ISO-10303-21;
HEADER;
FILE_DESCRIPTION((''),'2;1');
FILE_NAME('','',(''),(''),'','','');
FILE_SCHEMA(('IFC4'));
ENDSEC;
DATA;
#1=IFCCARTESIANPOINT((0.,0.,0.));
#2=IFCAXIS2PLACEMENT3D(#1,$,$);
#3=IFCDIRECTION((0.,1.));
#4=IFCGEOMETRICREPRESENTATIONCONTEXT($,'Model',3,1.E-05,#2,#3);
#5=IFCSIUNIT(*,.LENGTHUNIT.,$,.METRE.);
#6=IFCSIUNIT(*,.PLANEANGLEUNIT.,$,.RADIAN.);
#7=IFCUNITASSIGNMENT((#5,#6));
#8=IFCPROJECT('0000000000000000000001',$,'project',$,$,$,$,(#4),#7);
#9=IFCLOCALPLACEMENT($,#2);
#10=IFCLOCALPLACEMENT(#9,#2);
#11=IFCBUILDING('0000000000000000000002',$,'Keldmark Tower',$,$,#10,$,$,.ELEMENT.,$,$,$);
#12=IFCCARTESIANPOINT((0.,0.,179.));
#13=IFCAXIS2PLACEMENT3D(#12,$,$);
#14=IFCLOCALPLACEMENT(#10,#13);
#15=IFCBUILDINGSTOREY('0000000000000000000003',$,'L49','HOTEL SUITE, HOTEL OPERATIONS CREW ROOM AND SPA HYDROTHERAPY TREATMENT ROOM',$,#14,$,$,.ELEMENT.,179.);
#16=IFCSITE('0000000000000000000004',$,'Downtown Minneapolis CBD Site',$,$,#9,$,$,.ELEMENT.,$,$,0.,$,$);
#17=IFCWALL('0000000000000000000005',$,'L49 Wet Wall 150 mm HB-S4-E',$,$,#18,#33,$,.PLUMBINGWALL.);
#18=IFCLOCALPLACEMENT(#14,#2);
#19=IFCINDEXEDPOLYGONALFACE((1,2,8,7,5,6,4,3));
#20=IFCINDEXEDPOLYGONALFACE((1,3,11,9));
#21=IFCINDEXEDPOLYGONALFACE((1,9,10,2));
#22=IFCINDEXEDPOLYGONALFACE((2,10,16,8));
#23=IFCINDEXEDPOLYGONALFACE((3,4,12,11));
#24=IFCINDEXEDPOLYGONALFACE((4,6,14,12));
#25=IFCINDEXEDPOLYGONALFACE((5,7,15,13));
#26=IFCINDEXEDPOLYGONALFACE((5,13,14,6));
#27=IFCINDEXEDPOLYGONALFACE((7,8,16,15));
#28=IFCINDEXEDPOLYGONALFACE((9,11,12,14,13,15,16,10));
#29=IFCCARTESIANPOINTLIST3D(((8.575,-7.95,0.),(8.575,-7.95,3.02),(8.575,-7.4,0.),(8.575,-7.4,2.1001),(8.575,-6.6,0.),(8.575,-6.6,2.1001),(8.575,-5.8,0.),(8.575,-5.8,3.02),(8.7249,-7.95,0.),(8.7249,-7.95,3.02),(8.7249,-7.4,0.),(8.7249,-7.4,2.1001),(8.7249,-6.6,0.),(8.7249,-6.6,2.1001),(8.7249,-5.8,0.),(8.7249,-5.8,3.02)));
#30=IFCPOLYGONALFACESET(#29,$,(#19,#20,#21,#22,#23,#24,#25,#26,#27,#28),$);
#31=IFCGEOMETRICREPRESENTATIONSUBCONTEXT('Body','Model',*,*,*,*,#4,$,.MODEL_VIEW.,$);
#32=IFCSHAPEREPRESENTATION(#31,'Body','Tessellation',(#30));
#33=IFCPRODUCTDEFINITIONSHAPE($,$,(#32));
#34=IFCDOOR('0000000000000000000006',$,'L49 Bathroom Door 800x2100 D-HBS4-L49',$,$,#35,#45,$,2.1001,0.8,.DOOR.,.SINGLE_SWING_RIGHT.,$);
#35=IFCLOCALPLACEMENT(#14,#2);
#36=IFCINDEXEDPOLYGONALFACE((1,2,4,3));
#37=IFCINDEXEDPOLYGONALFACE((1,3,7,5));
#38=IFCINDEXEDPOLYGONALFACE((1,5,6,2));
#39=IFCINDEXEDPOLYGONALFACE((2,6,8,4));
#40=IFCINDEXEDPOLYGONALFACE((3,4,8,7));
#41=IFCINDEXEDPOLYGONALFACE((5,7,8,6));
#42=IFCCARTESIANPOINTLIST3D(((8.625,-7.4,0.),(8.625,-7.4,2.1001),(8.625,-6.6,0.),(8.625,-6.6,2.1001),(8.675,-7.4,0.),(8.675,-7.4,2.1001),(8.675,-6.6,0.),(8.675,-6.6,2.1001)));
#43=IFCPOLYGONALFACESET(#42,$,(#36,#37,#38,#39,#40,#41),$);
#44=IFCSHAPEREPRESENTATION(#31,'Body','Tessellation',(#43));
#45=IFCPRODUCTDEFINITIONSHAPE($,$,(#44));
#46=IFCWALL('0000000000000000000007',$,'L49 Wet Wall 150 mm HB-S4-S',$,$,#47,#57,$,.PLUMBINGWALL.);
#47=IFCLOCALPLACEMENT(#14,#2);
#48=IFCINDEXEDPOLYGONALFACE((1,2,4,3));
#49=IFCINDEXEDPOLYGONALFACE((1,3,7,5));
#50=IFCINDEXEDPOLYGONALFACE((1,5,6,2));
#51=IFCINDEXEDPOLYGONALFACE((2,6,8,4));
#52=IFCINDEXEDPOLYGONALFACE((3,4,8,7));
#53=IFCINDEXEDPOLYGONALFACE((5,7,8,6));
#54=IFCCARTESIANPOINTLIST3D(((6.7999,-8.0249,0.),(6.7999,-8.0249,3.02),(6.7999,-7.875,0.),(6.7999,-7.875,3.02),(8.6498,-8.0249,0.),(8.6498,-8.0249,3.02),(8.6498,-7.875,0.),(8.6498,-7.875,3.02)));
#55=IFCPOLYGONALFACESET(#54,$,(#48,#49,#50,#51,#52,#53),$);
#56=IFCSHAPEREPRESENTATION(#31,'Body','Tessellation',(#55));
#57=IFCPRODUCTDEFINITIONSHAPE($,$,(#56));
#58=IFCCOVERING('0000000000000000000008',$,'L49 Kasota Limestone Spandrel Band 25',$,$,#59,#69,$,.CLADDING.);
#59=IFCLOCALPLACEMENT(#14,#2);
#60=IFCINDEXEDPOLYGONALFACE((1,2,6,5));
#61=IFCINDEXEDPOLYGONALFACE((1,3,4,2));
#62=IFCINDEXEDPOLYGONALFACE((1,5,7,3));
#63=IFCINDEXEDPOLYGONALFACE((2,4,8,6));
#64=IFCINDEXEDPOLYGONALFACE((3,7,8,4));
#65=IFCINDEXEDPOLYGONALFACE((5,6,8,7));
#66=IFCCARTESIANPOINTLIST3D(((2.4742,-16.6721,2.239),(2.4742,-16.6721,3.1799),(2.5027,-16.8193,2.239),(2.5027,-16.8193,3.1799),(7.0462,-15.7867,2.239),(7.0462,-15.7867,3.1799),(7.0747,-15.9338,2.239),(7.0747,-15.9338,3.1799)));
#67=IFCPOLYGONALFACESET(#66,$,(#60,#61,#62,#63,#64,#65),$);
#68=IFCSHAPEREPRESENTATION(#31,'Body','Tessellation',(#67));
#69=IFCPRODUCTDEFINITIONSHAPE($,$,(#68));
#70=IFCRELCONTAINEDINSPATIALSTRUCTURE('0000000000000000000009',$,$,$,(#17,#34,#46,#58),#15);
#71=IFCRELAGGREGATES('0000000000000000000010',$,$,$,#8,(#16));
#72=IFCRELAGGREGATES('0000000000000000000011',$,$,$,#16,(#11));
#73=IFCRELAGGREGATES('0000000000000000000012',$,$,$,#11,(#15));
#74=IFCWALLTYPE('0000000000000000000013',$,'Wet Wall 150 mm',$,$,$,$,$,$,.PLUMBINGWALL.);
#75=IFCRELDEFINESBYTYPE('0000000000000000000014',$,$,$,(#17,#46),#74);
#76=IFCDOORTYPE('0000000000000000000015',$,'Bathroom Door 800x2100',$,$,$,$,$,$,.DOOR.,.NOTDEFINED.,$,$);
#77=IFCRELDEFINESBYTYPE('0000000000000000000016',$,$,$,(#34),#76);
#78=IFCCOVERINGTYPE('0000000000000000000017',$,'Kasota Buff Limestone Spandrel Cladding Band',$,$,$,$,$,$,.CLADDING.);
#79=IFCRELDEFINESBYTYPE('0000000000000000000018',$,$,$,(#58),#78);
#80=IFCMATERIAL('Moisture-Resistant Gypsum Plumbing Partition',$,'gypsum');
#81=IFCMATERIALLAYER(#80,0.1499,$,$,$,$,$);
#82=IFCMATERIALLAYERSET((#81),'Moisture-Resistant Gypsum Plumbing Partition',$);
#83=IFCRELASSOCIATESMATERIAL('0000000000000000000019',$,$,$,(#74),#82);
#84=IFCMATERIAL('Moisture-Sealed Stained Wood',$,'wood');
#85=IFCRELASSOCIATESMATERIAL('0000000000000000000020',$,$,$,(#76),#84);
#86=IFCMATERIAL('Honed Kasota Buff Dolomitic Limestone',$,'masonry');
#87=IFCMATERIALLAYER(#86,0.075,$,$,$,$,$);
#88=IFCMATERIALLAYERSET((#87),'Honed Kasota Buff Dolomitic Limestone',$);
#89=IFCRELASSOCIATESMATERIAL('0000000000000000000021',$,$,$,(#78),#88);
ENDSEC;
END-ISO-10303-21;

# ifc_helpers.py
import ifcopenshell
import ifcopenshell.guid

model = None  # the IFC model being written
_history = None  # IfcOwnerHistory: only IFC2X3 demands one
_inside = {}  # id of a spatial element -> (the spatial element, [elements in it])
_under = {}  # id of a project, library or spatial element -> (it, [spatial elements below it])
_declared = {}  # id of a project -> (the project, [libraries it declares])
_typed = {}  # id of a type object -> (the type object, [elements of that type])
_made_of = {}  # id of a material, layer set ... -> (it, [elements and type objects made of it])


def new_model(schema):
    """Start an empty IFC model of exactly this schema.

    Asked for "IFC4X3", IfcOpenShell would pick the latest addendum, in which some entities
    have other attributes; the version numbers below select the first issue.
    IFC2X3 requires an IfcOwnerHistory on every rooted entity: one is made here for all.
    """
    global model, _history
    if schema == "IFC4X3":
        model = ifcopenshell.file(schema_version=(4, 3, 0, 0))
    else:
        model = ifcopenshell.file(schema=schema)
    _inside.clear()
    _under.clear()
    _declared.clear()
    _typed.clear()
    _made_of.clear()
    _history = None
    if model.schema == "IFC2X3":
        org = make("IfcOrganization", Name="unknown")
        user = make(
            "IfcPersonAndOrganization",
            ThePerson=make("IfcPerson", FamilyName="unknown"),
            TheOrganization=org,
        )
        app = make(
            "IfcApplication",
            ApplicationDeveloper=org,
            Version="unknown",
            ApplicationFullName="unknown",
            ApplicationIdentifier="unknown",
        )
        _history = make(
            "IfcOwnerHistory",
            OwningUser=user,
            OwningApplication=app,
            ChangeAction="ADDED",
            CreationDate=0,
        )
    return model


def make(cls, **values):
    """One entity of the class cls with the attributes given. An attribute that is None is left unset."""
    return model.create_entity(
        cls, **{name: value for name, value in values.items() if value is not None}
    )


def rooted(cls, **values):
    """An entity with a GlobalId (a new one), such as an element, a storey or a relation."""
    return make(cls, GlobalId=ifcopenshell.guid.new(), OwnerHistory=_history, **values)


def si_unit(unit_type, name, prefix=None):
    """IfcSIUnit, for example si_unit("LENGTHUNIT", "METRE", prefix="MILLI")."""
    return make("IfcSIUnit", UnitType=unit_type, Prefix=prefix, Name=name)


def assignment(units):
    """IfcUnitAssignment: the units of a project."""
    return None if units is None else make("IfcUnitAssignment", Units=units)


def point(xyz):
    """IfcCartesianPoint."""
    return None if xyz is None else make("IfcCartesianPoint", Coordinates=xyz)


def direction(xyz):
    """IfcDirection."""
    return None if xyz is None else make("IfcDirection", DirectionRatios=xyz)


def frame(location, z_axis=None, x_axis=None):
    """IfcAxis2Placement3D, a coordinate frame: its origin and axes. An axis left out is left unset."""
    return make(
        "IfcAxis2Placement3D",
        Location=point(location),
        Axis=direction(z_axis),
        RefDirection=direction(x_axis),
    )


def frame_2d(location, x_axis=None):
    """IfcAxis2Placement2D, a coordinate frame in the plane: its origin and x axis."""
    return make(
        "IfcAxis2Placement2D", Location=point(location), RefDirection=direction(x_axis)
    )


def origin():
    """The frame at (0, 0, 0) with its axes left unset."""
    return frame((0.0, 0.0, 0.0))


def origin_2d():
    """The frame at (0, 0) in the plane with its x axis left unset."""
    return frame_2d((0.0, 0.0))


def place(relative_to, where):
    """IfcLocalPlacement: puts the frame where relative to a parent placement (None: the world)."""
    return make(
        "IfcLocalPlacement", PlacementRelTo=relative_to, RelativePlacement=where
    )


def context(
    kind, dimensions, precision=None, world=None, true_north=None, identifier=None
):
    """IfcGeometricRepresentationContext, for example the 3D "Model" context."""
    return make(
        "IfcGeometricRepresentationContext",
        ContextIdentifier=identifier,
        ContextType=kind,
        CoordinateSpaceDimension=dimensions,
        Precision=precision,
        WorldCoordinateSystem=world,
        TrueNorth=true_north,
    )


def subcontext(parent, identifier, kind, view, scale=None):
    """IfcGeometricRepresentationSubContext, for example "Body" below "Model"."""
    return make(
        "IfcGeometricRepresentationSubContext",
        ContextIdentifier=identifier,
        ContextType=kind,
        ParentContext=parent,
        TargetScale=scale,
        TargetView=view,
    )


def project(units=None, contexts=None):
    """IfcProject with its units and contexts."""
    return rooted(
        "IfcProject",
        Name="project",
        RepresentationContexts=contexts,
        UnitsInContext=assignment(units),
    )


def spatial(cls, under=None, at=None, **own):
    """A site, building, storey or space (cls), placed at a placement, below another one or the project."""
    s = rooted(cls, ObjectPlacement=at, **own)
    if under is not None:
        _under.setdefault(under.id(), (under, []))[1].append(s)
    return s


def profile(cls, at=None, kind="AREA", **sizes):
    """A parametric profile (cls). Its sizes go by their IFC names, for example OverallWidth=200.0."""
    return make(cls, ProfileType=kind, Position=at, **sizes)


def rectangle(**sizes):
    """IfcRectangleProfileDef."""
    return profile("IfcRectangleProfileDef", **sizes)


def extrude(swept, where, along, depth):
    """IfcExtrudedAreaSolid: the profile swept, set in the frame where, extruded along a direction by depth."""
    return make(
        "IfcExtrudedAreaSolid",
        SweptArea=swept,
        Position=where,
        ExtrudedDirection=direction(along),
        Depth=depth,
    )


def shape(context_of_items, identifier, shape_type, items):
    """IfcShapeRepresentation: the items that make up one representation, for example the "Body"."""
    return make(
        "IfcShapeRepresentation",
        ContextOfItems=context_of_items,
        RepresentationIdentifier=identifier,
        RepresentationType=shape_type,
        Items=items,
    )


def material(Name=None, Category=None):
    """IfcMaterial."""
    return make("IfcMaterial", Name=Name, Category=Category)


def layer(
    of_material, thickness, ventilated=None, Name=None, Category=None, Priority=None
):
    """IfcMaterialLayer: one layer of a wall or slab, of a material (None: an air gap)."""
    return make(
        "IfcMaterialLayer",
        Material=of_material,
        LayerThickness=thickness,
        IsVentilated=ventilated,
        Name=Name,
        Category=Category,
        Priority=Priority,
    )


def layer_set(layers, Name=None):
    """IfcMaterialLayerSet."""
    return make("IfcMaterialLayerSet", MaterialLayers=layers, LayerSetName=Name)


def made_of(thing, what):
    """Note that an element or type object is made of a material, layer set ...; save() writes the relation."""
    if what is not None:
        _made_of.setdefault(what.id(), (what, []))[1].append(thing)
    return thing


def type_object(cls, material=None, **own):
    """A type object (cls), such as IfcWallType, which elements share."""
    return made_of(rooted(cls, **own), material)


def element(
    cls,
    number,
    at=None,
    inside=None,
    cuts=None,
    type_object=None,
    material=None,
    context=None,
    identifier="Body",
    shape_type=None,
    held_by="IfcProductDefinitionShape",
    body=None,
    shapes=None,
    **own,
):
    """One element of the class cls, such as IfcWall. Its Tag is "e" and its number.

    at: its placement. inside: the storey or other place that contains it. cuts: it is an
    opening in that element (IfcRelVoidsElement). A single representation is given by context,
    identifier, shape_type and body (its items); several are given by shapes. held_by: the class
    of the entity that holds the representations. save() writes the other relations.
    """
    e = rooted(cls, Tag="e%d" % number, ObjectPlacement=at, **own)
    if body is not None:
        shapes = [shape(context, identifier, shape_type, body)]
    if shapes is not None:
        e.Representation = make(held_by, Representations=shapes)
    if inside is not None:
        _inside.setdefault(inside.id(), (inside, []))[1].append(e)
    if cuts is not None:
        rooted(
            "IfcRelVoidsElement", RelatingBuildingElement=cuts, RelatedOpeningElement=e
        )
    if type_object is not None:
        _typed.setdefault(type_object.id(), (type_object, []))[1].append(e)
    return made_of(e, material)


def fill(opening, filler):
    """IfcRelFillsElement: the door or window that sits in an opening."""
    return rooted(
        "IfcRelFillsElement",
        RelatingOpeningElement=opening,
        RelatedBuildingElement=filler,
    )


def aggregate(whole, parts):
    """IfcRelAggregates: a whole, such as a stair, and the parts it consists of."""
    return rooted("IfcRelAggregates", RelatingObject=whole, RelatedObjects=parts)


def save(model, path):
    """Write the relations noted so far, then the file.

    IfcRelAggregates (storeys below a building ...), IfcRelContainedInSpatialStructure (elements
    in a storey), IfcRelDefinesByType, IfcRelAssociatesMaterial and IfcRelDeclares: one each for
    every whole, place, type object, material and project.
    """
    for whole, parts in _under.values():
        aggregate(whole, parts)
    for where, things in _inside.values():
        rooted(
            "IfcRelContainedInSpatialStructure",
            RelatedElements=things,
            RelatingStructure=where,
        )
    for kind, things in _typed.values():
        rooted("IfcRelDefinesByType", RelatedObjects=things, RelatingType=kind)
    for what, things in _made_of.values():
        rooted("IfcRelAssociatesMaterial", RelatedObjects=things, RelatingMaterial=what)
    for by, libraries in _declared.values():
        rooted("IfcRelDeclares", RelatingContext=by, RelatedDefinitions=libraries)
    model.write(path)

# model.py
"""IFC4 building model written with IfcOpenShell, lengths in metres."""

from ifc_helpers import new_model, si_unit, direction, frame, frame_2d, origin, origin_2d, place, context, subcontext, project, spatial, rectangle, extrude, material, layer, layer_set, type_object, element, fill, save


model = new_model("IFC4")

# Units and contexts
model_context = context("Model", 3, precision=1e-05, world=origin(), true_north=direction((0.0, 1.0)))
body_context = subcontext(model_context, "Body", "Model", "MODEL_VIEW")
ifc_project = project(units=[si_unit("LENGTHUNIT", "METRE"), si_unit("PLANEANGLEUNIT", "RADIAN")], contexts=[model_context])

# Site, building, storey
site_placement = place(None, origin())
site = spatial("IfcSite", under=ifc_project, at=site_placement, Name="Downtown Minneapolis CBD Site", CompositionType="ELEMENT", RefElevation=0.0)
building_placement = place(site_placement, origin())
building = spatial("IfcBuilding", under=site, at=building_placement, Name="Keldmark Tower", CompositionType="ELEMENT")
storey_placement = place(building_placement, frame((0.0, 0.0, 179.0)))
storey = spatial("IfcBuildingStorey", under=building, at=storey_placement, Name="L49", Description="HOTEL SUITE, HOTEL OPERATIONS CREW ROOM AND SPA HYDROTHERAPY TREATMENT ROOM", CompositionType="ELEMENT", Elevation=179.0)

# Shared definitions
ifc_material_1 = material(Name="Moisture-Resistant Gypsum Plumbing Partition", Category="gypsum")
ifc_layer_1 = layer(ifc_material_1, 0.1499)
ifc_layer_set_1 = layer_set([ifc_layer_1], Name="Moisture-Resistant Gypsum Plumbing Partition")
wall_type_1 = type_object("IfcWallType", Name="Wet Wall 150 mm", PredefinedType="PLUMBINGWALL", material=ifc_layer_set_1)

# Wall, opening, door
ifc_material_2 = material(Name="Moisture-Sealed Stained Wood", Category="wood")
door_type = type_object("IfcDoorType", Name="Bathroom Door 800x2100", OperationType="NOTDEFINED", PredefinedType="DOOR", material=ifc_material_2)
wall_1_placement = place(storey_placement, frame((8.6499, -7.95, 0.0), z_axis=(0.0, 0.0, 1.0), x_axis=(0.0, 1.0, 0.0)))
wall_1 = element("IfcWall", 1, at=wall_1_placement, inside=storey, type_object=wall_type_1, Name="L49 Wet Wall 150 mm HB-S4-E", PredefinedType="PLUMBINGWALL", context=body_context, shape_type="SweptSolid", body=[
    extrude(rectangle(XDim=2.1499, YDim=0.1499, at=frame_2d((1.075, 0.0))), origin(), (0.0, 0.0, 1.0), 3.02),
])
opening_1_placement = place(wall_1_placement, frame((0.55, 0.0, 0.0)))
opening_1 = element("IfcOpeningElement", 2, at=opening_1_placement, cuts=wall_1, PredefinedType="OPENING", context=body_context, shape_type="SweptSolid", body=[
    extrude(rectangle(XDim=0.8, YDim=2.1001, at=frame_2d((0.3999, 1.05))), frame((0.0, 0.085, 0.0), z_axis=(0.0, -1.0, 0.0), x_axis=(1.0, 0.0, 0.0)), (0.0, 0.0, 1.0), 0.1699),
])
door_1_placement = place(opening_1_placement, origin())
door_1 = element("IfcDoor", 3, at=door_1_placement, inside=storey, type_object=door_type, Name="L49 Bathroom Door 800x2100 D-HBS4-L49", OperationType="SINGLE_SWING_RIGHT", OverallHeight=2.1001, OverallWidth=0.8, PredefinedType="DOOR", context=body_context, shape_type="SweptSolid", body=[
    extrude(rectangle(XDim=0.8, YDim=2.1001, at=frame_2d((0.3999, 1.05))), frame((0.0, 0.0249, 0.0), z_axis=(0.0, -1.0, 0.0), x_axis=(1.0, 0.0, 0.0)), (0.0, 0.0, 1.0), 0.05),
])
fill(opening_1, door_1)

# Wall
wall_2_placement = place(storey_placement, frame((6.8, -7.95, 0.0), z_axis=(0.0, 0.0, 1.0), x_axis=(1.0, 0.0, 0.0)))
element("IfcWall", 4, at=wall_2_placement, inside=storey, type_object=wall_type_1, Name="L49 Wet Wall 150 mm HB-S4-S", PredefinedType="PLUMBINGWALL", context=body_context, shape_type="SweptSolid", body=[
    extrude(rectangle(XDim=1.8499, YDim=0.1499, at=frame_2d((0.9248, 0.0))), origin(), (0.0, 0.0, 1.0), 3.02),
])

# Covering
ifc_material_3 = material(Name="Honed Kasota Buff Dolomitic Limestone", Category="masonry")
ifc_layer_2 = layer(ifc_material_3, 0.075)
ifc_layer_set_2 = layer_set([ifc_layer_2], Name="Honed Kasota Buff Dolomitic Limestone")
covering_type = type_object("IfcCoveringType", Name="Kasota Buff Limestone Spandrel Cladding Band", PredefinedType="CLADDING", material=ifc_layer_set_2)
covering_placement = place(storey_placement, frame((4.7744, -16.303, 2.239), z_axis=(0.0, 0.0, 1.0), x_axis=(0.981757, 0.190141, 0.0)))
element("IfcCovering", 5, at=covering_placement, inside=storey, type_object=covering_type, Name="L49 Kasota Limestone Spandrel Band 25", PredefinedType="CLADDING", context=body_context, shape_type="SweptSolid", body=[
    extrude(rectangle(XDim=4.657, YDim=0.1499, at=origin_2d()), origin(), (0.0, 0.0, 1.0), 0.9409),
])

save(model, "model.ifc")
